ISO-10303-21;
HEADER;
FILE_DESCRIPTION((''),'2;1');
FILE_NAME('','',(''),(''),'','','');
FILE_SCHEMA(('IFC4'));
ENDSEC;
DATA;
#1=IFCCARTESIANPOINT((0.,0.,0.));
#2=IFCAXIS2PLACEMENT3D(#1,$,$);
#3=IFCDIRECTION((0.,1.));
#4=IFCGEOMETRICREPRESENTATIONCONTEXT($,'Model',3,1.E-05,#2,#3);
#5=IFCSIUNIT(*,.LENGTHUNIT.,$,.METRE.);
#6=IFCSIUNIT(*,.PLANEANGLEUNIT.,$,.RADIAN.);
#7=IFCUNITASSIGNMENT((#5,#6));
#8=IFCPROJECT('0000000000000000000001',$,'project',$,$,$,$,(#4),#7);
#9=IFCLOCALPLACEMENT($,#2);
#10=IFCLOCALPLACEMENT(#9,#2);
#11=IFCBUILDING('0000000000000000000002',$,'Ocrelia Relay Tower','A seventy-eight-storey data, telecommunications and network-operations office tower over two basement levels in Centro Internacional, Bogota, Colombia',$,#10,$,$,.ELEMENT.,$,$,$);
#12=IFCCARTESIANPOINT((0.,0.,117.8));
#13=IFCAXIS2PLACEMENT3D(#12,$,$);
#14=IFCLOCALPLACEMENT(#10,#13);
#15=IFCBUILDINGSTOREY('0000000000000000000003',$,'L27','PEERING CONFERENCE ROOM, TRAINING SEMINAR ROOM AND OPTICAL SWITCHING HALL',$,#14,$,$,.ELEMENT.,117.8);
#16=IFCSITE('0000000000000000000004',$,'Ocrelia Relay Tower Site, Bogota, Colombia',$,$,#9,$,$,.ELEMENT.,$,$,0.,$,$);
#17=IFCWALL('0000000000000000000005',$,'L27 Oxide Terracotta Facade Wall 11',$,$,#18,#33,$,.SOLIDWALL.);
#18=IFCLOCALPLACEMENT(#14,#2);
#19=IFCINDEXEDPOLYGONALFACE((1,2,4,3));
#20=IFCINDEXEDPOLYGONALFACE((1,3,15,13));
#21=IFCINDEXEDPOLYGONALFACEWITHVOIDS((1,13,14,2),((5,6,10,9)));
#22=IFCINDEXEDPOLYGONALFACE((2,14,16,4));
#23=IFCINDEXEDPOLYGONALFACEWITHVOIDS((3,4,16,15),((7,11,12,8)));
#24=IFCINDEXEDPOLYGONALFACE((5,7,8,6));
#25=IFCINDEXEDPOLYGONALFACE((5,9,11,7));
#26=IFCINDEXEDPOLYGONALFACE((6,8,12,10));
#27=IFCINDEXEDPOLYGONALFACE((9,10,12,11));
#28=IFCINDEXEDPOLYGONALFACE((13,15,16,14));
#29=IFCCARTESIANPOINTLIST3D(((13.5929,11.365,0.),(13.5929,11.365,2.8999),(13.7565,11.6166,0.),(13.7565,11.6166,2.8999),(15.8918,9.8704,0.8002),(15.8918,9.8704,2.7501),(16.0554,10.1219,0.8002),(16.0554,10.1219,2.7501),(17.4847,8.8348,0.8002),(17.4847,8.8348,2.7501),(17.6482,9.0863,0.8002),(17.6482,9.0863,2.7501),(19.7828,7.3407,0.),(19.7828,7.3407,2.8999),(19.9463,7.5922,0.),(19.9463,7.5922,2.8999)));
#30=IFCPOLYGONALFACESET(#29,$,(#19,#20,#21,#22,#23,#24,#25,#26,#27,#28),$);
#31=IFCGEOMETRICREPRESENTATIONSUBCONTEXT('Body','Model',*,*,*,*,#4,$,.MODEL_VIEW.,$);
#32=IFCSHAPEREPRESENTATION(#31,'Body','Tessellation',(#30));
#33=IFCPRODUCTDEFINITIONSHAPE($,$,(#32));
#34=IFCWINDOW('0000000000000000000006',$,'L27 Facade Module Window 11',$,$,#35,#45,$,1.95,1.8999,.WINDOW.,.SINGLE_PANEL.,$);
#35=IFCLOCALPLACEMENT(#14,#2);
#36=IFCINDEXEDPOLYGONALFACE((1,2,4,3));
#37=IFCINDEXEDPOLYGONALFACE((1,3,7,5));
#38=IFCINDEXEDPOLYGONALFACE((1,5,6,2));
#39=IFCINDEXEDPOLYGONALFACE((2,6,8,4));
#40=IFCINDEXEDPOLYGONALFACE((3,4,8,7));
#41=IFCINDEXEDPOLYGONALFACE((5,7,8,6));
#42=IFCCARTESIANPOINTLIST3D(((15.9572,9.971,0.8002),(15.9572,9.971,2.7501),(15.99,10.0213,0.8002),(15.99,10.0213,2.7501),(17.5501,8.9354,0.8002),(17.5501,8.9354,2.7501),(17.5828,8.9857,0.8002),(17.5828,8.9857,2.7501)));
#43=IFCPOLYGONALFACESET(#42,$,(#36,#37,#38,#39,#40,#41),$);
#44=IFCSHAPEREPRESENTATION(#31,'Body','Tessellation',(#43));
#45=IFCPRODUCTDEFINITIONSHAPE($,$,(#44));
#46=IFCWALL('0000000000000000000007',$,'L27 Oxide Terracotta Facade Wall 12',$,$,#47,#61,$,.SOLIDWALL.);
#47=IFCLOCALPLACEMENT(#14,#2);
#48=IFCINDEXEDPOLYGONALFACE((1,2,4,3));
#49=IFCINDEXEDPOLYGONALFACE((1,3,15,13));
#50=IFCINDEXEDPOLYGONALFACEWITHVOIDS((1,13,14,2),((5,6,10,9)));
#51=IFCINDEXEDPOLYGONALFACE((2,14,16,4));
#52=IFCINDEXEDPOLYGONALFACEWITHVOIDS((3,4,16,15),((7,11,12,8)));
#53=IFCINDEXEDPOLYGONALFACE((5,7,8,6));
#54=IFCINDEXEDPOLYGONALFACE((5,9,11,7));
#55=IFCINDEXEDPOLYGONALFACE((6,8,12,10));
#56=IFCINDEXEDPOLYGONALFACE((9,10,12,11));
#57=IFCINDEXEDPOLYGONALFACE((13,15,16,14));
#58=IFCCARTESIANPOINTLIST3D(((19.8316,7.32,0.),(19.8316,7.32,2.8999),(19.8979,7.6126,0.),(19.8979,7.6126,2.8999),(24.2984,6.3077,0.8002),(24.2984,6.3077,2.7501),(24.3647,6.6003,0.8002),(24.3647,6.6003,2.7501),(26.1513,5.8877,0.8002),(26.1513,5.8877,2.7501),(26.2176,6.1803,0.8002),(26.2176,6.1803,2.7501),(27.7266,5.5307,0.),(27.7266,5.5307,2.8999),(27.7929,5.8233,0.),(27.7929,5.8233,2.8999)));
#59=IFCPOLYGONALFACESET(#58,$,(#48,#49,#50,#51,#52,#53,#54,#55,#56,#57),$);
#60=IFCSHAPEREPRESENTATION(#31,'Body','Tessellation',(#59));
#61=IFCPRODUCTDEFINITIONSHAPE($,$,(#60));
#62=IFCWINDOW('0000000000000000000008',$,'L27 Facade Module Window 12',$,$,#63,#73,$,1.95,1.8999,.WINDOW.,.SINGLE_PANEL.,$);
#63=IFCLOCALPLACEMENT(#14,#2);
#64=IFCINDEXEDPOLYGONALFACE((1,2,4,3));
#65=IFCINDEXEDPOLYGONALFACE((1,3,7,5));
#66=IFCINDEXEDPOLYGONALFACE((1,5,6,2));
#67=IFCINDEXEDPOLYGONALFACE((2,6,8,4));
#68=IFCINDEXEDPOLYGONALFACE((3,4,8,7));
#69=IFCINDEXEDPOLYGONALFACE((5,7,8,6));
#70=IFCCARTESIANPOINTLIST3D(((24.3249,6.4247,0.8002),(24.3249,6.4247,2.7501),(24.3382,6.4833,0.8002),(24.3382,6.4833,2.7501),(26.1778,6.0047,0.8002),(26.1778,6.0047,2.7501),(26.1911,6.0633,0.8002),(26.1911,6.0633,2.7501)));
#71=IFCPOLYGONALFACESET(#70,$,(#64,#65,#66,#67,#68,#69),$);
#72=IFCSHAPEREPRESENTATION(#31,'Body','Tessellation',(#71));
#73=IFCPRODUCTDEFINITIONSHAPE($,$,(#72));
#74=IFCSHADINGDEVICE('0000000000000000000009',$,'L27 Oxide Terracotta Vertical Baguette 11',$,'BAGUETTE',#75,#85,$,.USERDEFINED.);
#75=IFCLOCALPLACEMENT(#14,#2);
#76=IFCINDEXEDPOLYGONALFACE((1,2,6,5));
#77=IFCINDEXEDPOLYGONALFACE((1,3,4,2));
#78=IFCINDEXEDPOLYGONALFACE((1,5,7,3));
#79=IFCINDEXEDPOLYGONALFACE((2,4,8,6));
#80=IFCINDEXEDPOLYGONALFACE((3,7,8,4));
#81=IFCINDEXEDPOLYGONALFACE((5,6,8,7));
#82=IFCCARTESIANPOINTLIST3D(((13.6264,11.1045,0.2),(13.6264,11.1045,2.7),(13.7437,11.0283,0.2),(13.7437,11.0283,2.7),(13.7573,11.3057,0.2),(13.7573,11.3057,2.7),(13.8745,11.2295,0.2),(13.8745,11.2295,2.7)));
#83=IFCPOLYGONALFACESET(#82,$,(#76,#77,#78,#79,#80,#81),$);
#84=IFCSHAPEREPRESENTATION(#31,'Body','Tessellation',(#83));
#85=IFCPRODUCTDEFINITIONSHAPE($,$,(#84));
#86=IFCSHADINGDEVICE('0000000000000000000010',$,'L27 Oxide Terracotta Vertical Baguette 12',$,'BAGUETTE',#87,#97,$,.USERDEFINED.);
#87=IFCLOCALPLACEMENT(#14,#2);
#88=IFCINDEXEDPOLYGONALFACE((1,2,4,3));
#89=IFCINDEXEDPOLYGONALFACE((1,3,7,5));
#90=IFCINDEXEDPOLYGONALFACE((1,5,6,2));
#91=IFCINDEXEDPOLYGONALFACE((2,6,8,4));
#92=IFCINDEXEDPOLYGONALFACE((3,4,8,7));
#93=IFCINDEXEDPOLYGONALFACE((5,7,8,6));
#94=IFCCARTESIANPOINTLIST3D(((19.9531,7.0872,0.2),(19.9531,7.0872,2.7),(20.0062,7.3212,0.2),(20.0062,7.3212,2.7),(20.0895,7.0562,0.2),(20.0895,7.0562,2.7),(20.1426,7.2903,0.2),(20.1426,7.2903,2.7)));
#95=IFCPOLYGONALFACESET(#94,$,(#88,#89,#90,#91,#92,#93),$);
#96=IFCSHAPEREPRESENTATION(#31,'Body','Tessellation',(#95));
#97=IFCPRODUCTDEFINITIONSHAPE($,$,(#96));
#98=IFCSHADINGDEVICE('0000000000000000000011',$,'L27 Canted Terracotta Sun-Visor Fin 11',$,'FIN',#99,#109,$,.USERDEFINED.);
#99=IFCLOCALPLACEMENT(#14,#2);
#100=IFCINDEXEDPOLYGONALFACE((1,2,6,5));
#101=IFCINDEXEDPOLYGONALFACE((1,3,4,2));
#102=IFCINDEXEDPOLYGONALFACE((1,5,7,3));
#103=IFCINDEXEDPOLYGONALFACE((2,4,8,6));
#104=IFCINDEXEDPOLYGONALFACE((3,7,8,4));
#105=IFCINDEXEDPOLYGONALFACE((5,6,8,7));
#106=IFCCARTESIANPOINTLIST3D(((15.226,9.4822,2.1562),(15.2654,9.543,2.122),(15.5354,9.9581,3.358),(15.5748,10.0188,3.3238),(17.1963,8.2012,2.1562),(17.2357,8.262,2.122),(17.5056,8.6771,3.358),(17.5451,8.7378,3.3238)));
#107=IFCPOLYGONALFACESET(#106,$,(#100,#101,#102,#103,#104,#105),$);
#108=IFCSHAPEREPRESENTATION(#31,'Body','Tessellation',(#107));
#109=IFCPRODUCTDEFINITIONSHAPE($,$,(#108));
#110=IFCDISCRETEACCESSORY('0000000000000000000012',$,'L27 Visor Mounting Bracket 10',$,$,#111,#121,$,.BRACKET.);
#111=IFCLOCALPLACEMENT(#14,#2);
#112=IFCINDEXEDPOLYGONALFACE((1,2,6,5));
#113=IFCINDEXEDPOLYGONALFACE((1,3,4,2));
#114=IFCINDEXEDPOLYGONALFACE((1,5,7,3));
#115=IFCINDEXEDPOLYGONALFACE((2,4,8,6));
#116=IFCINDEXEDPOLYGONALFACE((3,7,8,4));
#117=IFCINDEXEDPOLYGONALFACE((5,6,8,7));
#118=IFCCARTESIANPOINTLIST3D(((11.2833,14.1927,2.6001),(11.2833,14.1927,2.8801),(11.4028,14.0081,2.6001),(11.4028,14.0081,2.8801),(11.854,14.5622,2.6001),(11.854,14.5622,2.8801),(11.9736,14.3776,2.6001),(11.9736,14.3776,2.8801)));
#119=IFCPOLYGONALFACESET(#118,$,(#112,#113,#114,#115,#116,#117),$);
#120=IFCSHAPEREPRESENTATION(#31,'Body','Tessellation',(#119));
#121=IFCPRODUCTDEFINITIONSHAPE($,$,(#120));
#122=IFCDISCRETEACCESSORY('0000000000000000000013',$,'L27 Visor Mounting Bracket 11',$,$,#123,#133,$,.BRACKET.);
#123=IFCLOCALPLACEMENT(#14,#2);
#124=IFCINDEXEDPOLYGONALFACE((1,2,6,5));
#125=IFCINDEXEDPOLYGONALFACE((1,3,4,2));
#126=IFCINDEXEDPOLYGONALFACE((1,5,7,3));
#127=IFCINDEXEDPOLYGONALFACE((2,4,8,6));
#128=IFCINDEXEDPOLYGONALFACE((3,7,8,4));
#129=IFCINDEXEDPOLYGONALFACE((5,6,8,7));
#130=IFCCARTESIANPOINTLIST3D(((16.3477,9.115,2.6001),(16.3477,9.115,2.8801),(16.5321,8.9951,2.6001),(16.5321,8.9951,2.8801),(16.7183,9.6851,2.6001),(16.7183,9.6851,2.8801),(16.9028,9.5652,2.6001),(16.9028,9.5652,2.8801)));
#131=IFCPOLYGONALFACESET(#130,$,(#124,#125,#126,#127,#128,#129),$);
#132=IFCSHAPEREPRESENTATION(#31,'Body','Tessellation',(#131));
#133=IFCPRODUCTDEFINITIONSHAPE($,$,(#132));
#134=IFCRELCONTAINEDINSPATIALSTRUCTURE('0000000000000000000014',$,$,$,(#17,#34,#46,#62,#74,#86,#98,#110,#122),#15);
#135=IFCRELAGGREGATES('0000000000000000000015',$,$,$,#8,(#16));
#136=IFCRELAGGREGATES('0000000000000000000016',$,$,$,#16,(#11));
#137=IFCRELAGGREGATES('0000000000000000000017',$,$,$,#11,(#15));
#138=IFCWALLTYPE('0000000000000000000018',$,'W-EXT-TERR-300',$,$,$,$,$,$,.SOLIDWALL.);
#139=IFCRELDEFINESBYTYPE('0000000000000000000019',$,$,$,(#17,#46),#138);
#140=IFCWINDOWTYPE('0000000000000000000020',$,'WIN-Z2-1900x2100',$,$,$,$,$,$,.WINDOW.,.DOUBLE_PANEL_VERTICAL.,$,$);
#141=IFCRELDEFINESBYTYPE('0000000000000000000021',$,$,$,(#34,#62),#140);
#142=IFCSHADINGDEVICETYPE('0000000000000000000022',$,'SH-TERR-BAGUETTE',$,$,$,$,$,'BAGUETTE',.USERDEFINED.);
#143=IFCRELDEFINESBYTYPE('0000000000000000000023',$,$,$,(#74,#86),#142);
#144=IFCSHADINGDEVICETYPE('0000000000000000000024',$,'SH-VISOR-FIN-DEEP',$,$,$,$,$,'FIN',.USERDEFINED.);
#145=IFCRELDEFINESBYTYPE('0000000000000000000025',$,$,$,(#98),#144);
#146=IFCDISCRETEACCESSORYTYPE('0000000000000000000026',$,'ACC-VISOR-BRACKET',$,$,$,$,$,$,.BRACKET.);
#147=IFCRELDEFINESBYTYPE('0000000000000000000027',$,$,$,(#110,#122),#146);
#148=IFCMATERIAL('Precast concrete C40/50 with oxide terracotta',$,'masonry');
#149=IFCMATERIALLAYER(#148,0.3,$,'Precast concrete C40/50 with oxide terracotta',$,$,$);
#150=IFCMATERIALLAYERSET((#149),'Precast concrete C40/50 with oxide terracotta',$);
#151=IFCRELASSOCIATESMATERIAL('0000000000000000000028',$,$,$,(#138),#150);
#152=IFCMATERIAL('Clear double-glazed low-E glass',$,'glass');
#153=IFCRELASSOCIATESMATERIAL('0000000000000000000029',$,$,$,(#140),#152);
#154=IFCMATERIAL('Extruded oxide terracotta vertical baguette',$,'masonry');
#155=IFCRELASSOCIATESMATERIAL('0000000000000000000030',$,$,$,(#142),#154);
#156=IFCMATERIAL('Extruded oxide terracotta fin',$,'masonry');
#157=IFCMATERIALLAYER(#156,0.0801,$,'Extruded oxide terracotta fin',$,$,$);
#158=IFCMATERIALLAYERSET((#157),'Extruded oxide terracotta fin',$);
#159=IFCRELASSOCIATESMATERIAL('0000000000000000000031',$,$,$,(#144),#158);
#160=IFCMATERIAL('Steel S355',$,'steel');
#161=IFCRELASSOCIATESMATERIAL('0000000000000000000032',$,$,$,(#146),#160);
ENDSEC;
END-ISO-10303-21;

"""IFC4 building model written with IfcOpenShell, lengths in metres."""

from ifc_helpers import new_model, si_unit, direction, frame, frame_2d, origin, origin_2d, place, context, subcontext, project, spatial, rectangle, extrude, material, layer, layer_set, type_object, element, fill, save


model = new_model("IFC4")

# Units and contexts
model_context = context("Model", 3, precision=1e-05, world=origin(), true_north=direction((0.0, 1.0)))
body_context = subcontext(model_context, "Body", "Model", "MODEL_VIEW")
ifc_project = project(units=[si_unit("LENGTHUNIT", "METRE"), si_unit("PLANEANGLEUNIT", "RADIAN")], contexts=[model_context])

# Site, building, storey
site_placement = place(None, origin())
site = spatial("IfcSite", under=ifc_project, at=site_placement, Name="Ocrelia Relay Tower Site, Bogota, Colombia", CompositionType="ELEMENT", RefElevation=0.0)
building_placement = place(site_placement, origin())
building = spatial("IfcBuilding", under=site, at=building_placement, Name="Ocrelia Relay Tower", Description="A seventy-eight-storey data, telecommunications and network-operations office tower over two basement levels in Centro Internacional, Bogota, Colombia", CompositionType="ELEMENT")
storey_placement = place(building_placement, frame((0.0, 0.0, 117.8)))
storey = spatial("IfcBuildingStorey", under=building, at=storey_placement, Name="L27", Description="PEERING CONFERENCE ROOM, TRAINING SEMINAR ROOM AND OPTICAL SWITCHING HALL", CompositionType="ELEMENT", Elevation=117.8)

# Shared definitions
ifc_material_1 = material(Name="Steel S355", Category="steel")

# Shared definitions
ifc_material_2 = material(Name="Clear double-glazed low-E glass", Category="glass")

# Walls, openings, windows
ifc_material_3 = material(Name="Precast concrete C40/50 with oxide terracotta", Category="masonry")
ifc_layer_1 = layer(ifc_material_3, 0.3, Name="Precast concrete C40/50 with oxide terracotta")
ifc_layer_set_1 = layer_set([ifc_layer_1], Name="Precast concrete C40/50 with oxide terracotta")
wall_type_1 = type_object("IfcWallType", Name="W-EXT-TERR-300", PredefinedType="SOLIDWALL", material=ifc_layer_set_1)
wall_1_placement = place(storey_placement, frame((13.6748, 11.4907, 0.0), z_axis=(0.0, 0.0, 1.0), x_axis=(0.838385, -0.545079, 0.0)))
wall_1 = element("IfcWall", 1, at=wall_1_placement, inside=storey, type_object=wall_type_1, Name="L27 Oxide Terracotta Facade Wall 11", PredefinedType="SOLIDWALL", context=body_context, shape_type="SweptSolid", body=[
    extrude(rectangle(XDim=7.3831, YDim=0.3, at=frame_2d((3.6914, 0.0))), origin(), (0.0, 0.0, 1.0), 2.8999),
])
opening_1_placement = place(wall_1_placement, frame((2.7419, 0.0, 0.8)))
opening_1 = element("IfcOpeningElement", 2, at=opening_1_placement, cuts=wall_1, PredefinedType="OPENING", context=body_context, shape_type="SweptSolid", body=[
    extrude(rectangle(XDim=1.8999, YDim=1.95, at=frame_2d((0.95, 0.9751))), frame((0.0, 0.1602, 0.0), z_axis=(0.0, -1.0, 0.0), x_axis=(1.0, 0.0, 0.0)), (0.0, 0.0, 1.0), 0.3201),
])
window_type = type_object("IfcWindowType", Name="WIN-Z2-1900x2100", PartitioningType="DOUBLE_PANEL_VERTICAL", PredefinedType="WINDOW", material=ifc_material_2)
window_1_placement = place(opening_1_placement, origin())
window_1 = element("IfcWindow", 3, at=window_1_placement, inside=storey, type_object=window_type, Name="L27 Facade Module Window 11", OverallHeight=1.95, OverallWidth=1.8999, PartitioningType="SINGLE_PANEL", PredefinedType="WINDOW", context=body_context, shape_type="SweptSolid", body=[
    extrude(rectangle(XDim=1.8999, YDim=1.95, at=frame_2d((0.95, 0.9751))), frame((0.0, 0.03, 0.0), z_axis=(0.0, -1.0, 0.0), x_axis=(1.0, 0.0, 0.0)), (0.0, 0.0, 1.0), 0.0601),
])
fill(opening_1, window_1)
wall_2_placement = place(storey_placement, frame((19.8647, 7.4663, 0.0), z_axis=(0.0, 0.0, 1.0), x_axis=(0.975267, -0.221032, 0.0)))
wall_2 = element("IfcWall", 4, at=wall_2_placement, inside=storey, type_object=wall_type_1, Name="L27 Oxide Terracotta Facade Wall 12", PredefinedType="SOLIDWALL", context=body_context, shape_type="SweptSolid", body=[
    extrude(rectangle(XDim=8.0952, YDim=0.3, at=frame_2d((4.0476, 0.0))), origin(), (0.0, 0.0, 1.0), 2.8999),
])
opening_2_placement = place(wall_2_placement, frame((4.5801, 0.0, 0.8)))
opening_2 = element("IfcOpeningElement", 5, at=opening_2_placement, cuts=wall_2, PredefinedType="OPENING", context=body_context, shape_type="SweptSolid", body=[
    extrude(rectangle(XDim=1.8999, YDim=1.95, at=frame_2d((0.95, 0.9751))), frame((0.0, 0.1602, 0.0), z_axis=(0.0, -1.0, 0.0), x_axis=(1.0, 0.0, 0.0)), (0.0, 0.0, 1.0), 0.3201),
])
window_2_placement = place(opening_2_placement, origin())
window_2 = element("IfcWindow", 6, at=window_2_placement, inside=storey, type_object=window_type, Name="L27 Facade Module Window 12", OverallHeight=1.95, OverallWidth=1.8999, PartitioningType="SINGLE_PANEL", PredefinedType="WINDOW", context=body_context, shape_type="SweptSolid", body=[
    extrude(rectangle(XDim=1.8999, YDim=1.95, at=frame_2d((0.95, 0.9751))), frame((0.0, 0.03, 0.0), z_axis=(0.0, -1.0, 0.0), x_axis=(1.0, 0.0, 0.0)), (0.0, 0.0, 1.0), 0.0601),
])
fill(opening_2, window_2)

# Shading devices
ifc_material_4 = material(Name="Extruded oxide terracotta vertical baguette", Category="masonry")
shading_device_type_1 = type_object("IfcShadingDeviceType", Name="SH-TERR-BAGUETTE", ElementType="BAGUETTE", PredefinedType="USERDEFINED", material=ifc_material_4)
for number, where, z_axis, x_axis, name in (
    (7, (13.7505, 11.167, 0.2), (0.0, 0.0, 1.0), (0.838382, -0.545084, 0.0), "L27 Oxide Terracotta Vertical Baguette 11"),
    (8, (20.0479, 7.1887, 0.2), (0.0, 0.0, 1.0), (0.975272, -0.221008, 0.0), "L27 Oxide Terracotta Vertical Baguette 12"),
):
    element("IfcShadingDevice", number, at=place(storey_placement, frame(where, z_axis=z_axis, x_axis=x_axis)), inside=storey, type_object=shading_device_type_1, Name=name, ObjectType="BAGUETTE", PredefinedType="USERDEFINED", context=body_context, shape_type="SweptSolid", body=[
        extrude(rectangle(XDim=0.1399, YDim=0.24, at=origin_2d()), origin(), (0.0, 0.0, 1.0), 2.5),
    ])
ifc_material_5 = material(Name="Extruded oxide terracotta fin", Category="masonry")
ifc_layer_2 = layer(ifc_material_5, 0.0801, Name="Extruded oxide terracotta fin")
ifc_layer_set_2 = layer_set([ifc_layer_2], Name="Extruded oxide terracotta fin")
shading_device_type_2 = type_object("IfcShadingDeviceType", Name="SH-VISOR-FIN-DEEP", ElementType="FIN", PredefinedType="USERDEFINED", material=ifc_layer_set_2)
shading_device_placement = place(storey_placement, frame((16.4053, 9.1404, 2.7229), z_axis=(-0.492882, -0.758091, 0.427042), x_axis=(0.838382, -0.545084, 0.0)))
element("IfcShadingDevice", 9, at=shading_device_placement, inside=storey, type_object=shading_device_type_2, Name="L27 Canted Terracotta Sun-Visor Fin 11", ObjectType="FIN", PredefinedType="USERDEFINED", context=body_context, shape_type="SweptSolid", body=[
    extrude(rectangle(XDim=2.3501, YDim=1.3291, at=origin_2d()), origin(), (0.0, 0.0, 1.0), 0.0801),
])

# Discrete accessories
discrete_accessory_type = type_object("IfcDiscreteAccessoryType", Name="ACC-VISOR-BRACKET", PredefinedType="BRACKET", material=ifc_material_1)
for number, where, z_axis, x_axis, name in (
    (10, (11.6284, 14.2852, 2.6001), (0.0, 0.0, 1.0), (0.543456, -0.839438, 0.0), "L27 Visor Mounting Bracket 10"),
    (11, (16.6252, 9.3401, 2.6001), (0.0, 0.0, 1.0), (0.838382, -0.545084, 0.0), "L27 Visor Mounting Bracket 11"),
):
    element("IfcDiscreteAccessory", number, at=place(storey_placement, frame(where, z_axis=z_axis, x_axis=x_axis)), inside=storey, type_object=discrete_accessory_type, Name=name, PredefinedType="BRACKET", context=body_context, shape_type="SweptSolid", body=[
        extrude(rectangle(XDim=0.22, YDim=0.6799, at=origin_2d()), origin(), (0.0, 0.0, 1.0), 0.28),
    ])

save(model, "model.ifc")
